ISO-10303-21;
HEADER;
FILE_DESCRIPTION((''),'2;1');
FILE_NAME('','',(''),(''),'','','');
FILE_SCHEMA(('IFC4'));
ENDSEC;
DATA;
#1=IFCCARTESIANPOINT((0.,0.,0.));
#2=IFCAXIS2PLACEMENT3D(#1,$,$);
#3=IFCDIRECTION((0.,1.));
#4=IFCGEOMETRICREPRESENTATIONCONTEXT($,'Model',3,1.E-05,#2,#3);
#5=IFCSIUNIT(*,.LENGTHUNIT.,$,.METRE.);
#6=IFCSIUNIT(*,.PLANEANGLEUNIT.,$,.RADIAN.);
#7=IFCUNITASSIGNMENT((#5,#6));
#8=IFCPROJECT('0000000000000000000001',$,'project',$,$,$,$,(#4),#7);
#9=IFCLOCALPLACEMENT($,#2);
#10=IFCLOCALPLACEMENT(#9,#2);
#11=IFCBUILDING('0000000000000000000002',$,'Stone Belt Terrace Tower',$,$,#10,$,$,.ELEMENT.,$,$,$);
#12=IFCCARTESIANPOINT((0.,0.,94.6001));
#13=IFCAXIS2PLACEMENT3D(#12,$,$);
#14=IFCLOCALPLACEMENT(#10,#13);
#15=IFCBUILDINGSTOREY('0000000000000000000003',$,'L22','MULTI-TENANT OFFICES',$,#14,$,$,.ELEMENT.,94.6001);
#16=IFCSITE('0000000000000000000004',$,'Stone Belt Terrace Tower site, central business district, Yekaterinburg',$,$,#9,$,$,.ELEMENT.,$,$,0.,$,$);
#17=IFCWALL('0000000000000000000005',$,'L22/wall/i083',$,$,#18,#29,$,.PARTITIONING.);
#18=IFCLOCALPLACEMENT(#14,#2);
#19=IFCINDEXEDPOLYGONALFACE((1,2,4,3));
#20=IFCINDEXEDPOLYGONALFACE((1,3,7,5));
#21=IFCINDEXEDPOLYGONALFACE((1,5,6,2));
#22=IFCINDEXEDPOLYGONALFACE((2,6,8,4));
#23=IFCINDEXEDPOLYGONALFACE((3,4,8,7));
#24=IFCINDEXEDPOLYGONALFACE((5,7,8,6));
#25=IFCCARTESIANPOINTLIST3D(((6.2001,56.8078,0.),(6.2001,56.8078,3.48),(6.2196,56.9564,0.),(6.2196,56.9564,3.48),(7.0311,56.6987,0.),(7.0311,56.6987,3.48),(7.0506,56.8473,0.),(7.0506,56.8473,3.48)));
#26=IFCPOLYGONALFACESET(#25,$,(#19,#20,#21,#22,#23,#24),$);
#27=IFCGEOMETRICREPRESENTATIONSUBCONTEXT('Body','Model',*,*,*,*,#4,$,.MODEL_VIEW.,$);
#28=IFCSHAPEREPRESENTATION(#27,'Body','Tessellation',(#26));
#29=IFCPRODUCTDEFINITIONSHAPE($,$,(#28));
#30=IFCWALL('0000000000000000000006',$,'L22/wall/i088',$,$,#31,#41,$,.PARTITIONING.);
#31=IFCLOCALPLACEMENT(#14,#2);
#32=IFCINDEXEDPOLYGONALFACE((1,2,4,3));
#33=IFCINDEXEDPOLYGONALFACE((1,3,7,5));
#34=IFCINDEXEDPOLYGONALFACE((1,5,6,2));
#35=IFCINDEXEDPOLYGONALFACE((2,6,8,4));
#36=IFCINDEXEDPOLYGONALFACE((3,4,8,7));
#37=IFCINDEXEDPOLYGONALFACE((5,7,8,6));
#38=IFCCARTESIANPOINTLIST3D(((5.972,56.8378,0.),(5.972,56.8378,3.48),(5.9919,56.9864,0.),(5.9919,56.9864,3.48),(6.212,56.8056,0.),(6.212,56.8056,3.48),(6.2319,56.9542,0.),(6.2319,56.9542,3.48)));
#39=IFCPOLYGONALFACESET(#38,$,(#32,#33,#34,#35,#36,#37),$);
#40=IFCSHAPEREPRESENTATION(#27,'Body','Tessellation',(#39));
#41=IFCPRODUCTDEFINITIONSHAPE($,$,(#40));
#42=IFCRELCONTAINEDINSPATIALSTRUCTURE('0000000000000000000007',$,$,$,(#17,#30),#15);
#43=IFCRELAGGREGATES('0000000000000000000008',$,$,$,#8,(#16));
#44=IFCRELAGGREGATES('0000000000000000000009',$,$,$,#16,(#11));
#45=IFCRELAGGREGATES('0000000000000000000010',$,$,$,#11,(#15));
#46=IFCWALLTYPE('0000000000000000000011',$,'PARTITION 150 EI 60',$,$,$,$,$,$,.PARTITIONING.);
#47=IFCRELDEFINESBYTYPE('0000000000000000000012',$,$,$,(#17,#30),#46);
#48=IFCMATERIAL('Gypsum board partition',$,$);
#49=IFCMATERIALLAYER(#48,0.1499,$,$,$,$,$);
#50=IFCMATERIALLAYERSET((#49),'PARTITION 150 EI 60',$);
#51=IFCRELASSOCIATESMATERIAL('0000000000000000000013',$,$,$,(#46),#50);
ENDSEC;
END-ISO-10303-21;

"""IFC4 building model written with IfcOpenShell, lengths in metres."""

from ifc_helpers import new_model, si_unit, direction, frame, frame_2d, origin, place, context, subcontext, project, spatial, rectangle, extrude, material, layer, layer_set, type_object, element, save


model = new_model("IFC4")

# Units and contexts
model_context = context("Model", 3, precision=1e-05, world=origin(), true_north=direction((0.0, 1.0)))
body_context = subcontext(model_context, "Body", "Model", "MODEL_VIEW")
ifc_project = project(units=[si_unit("LENGTHUNIT", "METRE"), si_unit("PLANEANGLEUNIT", "RADIAN")], contexts=[model_context])

# Site, building, storey
site_placement = place(None, origin())
site = spatial("IfcSite", under=ifc_project, at=site_placement, Name="Stone Belt Terrace Tower site, central business district, Yekaterinburg", CompositionType="ELEMENT", RefElevation=0.0)
building_placement = place(site_placement, origin())
building = spatial("IfcBuilding", under=site, at=building_placement, Name="Stone Belt Terrace Tower", CompositionType="ELEMENT")
storey_placement = place(building_placement, frame((0.0, 0.0, 94.6001)))
storey = spatial("IfcBuildingStorey", under=building, at=storey_placement, Name="L22", Description="MULTI-TENANT OFFICES", CompositionType="ELEMENT", Elevation=94.6001)

# Shared definitions
ifc_material_1 = material(Name="Gypsum board partition")

# Shared definitions
ifc_layer_1 = layer(ifc_material_1, 0.1499)
ifc_layer_set_1 = layer_set([ifc_layer_1], Name="PARTITION 150 EI 60")
wall_type_1 = type_object("IfcWallType", Name="PARTITION 150 EI 60", PredefinedType="PARTITIONING", material=ifc_layer_set_1)

# Walls
wall_1_placement = place(storey_placement, frame((6.21, 56.8821, 0.0), z_axis=(0.0, 0.0, 1.0), x_axis=(0.991488, -0.130198, 0.0)))
element("IfcWall", 1, at=wall_1_placement, inside=storey, type_object=wall_type_1, Name="L22/wall/i083", PredefinedType="PARTITIONING", context=body_context, shape_type="SweptSolid", body=[
    extrude(rectangle(XDim=0.8381, YDim=0.1499, at=frame_2d((0.4189, 0.0))), origin(), (0.0, 0.0, 1.0), 3.48),
])
wall_2_placement = place(storey_placement, frame((5.9819, 56.9121, 0.0), z_axis=(0.0, 0.0, 1.0), x_axis=(0.991104, -0.133088, 0.0)))
element("IfcWall", 2, at=wall_2_placement, inside=storey, type_object=wall_type_1, Name="L22/wall/i088", PredefinedType="PARTITIONING", context=body_context, shape_type="SweptSolid", body=[
    extrude(rectangle(XDim=0.2422, YDim=0.1499, at=frame_2d((0.1211, 0.0))), origin(), (0.0, 0.0, 1.0), 3.48),
])

save(model, "model.ifc")
